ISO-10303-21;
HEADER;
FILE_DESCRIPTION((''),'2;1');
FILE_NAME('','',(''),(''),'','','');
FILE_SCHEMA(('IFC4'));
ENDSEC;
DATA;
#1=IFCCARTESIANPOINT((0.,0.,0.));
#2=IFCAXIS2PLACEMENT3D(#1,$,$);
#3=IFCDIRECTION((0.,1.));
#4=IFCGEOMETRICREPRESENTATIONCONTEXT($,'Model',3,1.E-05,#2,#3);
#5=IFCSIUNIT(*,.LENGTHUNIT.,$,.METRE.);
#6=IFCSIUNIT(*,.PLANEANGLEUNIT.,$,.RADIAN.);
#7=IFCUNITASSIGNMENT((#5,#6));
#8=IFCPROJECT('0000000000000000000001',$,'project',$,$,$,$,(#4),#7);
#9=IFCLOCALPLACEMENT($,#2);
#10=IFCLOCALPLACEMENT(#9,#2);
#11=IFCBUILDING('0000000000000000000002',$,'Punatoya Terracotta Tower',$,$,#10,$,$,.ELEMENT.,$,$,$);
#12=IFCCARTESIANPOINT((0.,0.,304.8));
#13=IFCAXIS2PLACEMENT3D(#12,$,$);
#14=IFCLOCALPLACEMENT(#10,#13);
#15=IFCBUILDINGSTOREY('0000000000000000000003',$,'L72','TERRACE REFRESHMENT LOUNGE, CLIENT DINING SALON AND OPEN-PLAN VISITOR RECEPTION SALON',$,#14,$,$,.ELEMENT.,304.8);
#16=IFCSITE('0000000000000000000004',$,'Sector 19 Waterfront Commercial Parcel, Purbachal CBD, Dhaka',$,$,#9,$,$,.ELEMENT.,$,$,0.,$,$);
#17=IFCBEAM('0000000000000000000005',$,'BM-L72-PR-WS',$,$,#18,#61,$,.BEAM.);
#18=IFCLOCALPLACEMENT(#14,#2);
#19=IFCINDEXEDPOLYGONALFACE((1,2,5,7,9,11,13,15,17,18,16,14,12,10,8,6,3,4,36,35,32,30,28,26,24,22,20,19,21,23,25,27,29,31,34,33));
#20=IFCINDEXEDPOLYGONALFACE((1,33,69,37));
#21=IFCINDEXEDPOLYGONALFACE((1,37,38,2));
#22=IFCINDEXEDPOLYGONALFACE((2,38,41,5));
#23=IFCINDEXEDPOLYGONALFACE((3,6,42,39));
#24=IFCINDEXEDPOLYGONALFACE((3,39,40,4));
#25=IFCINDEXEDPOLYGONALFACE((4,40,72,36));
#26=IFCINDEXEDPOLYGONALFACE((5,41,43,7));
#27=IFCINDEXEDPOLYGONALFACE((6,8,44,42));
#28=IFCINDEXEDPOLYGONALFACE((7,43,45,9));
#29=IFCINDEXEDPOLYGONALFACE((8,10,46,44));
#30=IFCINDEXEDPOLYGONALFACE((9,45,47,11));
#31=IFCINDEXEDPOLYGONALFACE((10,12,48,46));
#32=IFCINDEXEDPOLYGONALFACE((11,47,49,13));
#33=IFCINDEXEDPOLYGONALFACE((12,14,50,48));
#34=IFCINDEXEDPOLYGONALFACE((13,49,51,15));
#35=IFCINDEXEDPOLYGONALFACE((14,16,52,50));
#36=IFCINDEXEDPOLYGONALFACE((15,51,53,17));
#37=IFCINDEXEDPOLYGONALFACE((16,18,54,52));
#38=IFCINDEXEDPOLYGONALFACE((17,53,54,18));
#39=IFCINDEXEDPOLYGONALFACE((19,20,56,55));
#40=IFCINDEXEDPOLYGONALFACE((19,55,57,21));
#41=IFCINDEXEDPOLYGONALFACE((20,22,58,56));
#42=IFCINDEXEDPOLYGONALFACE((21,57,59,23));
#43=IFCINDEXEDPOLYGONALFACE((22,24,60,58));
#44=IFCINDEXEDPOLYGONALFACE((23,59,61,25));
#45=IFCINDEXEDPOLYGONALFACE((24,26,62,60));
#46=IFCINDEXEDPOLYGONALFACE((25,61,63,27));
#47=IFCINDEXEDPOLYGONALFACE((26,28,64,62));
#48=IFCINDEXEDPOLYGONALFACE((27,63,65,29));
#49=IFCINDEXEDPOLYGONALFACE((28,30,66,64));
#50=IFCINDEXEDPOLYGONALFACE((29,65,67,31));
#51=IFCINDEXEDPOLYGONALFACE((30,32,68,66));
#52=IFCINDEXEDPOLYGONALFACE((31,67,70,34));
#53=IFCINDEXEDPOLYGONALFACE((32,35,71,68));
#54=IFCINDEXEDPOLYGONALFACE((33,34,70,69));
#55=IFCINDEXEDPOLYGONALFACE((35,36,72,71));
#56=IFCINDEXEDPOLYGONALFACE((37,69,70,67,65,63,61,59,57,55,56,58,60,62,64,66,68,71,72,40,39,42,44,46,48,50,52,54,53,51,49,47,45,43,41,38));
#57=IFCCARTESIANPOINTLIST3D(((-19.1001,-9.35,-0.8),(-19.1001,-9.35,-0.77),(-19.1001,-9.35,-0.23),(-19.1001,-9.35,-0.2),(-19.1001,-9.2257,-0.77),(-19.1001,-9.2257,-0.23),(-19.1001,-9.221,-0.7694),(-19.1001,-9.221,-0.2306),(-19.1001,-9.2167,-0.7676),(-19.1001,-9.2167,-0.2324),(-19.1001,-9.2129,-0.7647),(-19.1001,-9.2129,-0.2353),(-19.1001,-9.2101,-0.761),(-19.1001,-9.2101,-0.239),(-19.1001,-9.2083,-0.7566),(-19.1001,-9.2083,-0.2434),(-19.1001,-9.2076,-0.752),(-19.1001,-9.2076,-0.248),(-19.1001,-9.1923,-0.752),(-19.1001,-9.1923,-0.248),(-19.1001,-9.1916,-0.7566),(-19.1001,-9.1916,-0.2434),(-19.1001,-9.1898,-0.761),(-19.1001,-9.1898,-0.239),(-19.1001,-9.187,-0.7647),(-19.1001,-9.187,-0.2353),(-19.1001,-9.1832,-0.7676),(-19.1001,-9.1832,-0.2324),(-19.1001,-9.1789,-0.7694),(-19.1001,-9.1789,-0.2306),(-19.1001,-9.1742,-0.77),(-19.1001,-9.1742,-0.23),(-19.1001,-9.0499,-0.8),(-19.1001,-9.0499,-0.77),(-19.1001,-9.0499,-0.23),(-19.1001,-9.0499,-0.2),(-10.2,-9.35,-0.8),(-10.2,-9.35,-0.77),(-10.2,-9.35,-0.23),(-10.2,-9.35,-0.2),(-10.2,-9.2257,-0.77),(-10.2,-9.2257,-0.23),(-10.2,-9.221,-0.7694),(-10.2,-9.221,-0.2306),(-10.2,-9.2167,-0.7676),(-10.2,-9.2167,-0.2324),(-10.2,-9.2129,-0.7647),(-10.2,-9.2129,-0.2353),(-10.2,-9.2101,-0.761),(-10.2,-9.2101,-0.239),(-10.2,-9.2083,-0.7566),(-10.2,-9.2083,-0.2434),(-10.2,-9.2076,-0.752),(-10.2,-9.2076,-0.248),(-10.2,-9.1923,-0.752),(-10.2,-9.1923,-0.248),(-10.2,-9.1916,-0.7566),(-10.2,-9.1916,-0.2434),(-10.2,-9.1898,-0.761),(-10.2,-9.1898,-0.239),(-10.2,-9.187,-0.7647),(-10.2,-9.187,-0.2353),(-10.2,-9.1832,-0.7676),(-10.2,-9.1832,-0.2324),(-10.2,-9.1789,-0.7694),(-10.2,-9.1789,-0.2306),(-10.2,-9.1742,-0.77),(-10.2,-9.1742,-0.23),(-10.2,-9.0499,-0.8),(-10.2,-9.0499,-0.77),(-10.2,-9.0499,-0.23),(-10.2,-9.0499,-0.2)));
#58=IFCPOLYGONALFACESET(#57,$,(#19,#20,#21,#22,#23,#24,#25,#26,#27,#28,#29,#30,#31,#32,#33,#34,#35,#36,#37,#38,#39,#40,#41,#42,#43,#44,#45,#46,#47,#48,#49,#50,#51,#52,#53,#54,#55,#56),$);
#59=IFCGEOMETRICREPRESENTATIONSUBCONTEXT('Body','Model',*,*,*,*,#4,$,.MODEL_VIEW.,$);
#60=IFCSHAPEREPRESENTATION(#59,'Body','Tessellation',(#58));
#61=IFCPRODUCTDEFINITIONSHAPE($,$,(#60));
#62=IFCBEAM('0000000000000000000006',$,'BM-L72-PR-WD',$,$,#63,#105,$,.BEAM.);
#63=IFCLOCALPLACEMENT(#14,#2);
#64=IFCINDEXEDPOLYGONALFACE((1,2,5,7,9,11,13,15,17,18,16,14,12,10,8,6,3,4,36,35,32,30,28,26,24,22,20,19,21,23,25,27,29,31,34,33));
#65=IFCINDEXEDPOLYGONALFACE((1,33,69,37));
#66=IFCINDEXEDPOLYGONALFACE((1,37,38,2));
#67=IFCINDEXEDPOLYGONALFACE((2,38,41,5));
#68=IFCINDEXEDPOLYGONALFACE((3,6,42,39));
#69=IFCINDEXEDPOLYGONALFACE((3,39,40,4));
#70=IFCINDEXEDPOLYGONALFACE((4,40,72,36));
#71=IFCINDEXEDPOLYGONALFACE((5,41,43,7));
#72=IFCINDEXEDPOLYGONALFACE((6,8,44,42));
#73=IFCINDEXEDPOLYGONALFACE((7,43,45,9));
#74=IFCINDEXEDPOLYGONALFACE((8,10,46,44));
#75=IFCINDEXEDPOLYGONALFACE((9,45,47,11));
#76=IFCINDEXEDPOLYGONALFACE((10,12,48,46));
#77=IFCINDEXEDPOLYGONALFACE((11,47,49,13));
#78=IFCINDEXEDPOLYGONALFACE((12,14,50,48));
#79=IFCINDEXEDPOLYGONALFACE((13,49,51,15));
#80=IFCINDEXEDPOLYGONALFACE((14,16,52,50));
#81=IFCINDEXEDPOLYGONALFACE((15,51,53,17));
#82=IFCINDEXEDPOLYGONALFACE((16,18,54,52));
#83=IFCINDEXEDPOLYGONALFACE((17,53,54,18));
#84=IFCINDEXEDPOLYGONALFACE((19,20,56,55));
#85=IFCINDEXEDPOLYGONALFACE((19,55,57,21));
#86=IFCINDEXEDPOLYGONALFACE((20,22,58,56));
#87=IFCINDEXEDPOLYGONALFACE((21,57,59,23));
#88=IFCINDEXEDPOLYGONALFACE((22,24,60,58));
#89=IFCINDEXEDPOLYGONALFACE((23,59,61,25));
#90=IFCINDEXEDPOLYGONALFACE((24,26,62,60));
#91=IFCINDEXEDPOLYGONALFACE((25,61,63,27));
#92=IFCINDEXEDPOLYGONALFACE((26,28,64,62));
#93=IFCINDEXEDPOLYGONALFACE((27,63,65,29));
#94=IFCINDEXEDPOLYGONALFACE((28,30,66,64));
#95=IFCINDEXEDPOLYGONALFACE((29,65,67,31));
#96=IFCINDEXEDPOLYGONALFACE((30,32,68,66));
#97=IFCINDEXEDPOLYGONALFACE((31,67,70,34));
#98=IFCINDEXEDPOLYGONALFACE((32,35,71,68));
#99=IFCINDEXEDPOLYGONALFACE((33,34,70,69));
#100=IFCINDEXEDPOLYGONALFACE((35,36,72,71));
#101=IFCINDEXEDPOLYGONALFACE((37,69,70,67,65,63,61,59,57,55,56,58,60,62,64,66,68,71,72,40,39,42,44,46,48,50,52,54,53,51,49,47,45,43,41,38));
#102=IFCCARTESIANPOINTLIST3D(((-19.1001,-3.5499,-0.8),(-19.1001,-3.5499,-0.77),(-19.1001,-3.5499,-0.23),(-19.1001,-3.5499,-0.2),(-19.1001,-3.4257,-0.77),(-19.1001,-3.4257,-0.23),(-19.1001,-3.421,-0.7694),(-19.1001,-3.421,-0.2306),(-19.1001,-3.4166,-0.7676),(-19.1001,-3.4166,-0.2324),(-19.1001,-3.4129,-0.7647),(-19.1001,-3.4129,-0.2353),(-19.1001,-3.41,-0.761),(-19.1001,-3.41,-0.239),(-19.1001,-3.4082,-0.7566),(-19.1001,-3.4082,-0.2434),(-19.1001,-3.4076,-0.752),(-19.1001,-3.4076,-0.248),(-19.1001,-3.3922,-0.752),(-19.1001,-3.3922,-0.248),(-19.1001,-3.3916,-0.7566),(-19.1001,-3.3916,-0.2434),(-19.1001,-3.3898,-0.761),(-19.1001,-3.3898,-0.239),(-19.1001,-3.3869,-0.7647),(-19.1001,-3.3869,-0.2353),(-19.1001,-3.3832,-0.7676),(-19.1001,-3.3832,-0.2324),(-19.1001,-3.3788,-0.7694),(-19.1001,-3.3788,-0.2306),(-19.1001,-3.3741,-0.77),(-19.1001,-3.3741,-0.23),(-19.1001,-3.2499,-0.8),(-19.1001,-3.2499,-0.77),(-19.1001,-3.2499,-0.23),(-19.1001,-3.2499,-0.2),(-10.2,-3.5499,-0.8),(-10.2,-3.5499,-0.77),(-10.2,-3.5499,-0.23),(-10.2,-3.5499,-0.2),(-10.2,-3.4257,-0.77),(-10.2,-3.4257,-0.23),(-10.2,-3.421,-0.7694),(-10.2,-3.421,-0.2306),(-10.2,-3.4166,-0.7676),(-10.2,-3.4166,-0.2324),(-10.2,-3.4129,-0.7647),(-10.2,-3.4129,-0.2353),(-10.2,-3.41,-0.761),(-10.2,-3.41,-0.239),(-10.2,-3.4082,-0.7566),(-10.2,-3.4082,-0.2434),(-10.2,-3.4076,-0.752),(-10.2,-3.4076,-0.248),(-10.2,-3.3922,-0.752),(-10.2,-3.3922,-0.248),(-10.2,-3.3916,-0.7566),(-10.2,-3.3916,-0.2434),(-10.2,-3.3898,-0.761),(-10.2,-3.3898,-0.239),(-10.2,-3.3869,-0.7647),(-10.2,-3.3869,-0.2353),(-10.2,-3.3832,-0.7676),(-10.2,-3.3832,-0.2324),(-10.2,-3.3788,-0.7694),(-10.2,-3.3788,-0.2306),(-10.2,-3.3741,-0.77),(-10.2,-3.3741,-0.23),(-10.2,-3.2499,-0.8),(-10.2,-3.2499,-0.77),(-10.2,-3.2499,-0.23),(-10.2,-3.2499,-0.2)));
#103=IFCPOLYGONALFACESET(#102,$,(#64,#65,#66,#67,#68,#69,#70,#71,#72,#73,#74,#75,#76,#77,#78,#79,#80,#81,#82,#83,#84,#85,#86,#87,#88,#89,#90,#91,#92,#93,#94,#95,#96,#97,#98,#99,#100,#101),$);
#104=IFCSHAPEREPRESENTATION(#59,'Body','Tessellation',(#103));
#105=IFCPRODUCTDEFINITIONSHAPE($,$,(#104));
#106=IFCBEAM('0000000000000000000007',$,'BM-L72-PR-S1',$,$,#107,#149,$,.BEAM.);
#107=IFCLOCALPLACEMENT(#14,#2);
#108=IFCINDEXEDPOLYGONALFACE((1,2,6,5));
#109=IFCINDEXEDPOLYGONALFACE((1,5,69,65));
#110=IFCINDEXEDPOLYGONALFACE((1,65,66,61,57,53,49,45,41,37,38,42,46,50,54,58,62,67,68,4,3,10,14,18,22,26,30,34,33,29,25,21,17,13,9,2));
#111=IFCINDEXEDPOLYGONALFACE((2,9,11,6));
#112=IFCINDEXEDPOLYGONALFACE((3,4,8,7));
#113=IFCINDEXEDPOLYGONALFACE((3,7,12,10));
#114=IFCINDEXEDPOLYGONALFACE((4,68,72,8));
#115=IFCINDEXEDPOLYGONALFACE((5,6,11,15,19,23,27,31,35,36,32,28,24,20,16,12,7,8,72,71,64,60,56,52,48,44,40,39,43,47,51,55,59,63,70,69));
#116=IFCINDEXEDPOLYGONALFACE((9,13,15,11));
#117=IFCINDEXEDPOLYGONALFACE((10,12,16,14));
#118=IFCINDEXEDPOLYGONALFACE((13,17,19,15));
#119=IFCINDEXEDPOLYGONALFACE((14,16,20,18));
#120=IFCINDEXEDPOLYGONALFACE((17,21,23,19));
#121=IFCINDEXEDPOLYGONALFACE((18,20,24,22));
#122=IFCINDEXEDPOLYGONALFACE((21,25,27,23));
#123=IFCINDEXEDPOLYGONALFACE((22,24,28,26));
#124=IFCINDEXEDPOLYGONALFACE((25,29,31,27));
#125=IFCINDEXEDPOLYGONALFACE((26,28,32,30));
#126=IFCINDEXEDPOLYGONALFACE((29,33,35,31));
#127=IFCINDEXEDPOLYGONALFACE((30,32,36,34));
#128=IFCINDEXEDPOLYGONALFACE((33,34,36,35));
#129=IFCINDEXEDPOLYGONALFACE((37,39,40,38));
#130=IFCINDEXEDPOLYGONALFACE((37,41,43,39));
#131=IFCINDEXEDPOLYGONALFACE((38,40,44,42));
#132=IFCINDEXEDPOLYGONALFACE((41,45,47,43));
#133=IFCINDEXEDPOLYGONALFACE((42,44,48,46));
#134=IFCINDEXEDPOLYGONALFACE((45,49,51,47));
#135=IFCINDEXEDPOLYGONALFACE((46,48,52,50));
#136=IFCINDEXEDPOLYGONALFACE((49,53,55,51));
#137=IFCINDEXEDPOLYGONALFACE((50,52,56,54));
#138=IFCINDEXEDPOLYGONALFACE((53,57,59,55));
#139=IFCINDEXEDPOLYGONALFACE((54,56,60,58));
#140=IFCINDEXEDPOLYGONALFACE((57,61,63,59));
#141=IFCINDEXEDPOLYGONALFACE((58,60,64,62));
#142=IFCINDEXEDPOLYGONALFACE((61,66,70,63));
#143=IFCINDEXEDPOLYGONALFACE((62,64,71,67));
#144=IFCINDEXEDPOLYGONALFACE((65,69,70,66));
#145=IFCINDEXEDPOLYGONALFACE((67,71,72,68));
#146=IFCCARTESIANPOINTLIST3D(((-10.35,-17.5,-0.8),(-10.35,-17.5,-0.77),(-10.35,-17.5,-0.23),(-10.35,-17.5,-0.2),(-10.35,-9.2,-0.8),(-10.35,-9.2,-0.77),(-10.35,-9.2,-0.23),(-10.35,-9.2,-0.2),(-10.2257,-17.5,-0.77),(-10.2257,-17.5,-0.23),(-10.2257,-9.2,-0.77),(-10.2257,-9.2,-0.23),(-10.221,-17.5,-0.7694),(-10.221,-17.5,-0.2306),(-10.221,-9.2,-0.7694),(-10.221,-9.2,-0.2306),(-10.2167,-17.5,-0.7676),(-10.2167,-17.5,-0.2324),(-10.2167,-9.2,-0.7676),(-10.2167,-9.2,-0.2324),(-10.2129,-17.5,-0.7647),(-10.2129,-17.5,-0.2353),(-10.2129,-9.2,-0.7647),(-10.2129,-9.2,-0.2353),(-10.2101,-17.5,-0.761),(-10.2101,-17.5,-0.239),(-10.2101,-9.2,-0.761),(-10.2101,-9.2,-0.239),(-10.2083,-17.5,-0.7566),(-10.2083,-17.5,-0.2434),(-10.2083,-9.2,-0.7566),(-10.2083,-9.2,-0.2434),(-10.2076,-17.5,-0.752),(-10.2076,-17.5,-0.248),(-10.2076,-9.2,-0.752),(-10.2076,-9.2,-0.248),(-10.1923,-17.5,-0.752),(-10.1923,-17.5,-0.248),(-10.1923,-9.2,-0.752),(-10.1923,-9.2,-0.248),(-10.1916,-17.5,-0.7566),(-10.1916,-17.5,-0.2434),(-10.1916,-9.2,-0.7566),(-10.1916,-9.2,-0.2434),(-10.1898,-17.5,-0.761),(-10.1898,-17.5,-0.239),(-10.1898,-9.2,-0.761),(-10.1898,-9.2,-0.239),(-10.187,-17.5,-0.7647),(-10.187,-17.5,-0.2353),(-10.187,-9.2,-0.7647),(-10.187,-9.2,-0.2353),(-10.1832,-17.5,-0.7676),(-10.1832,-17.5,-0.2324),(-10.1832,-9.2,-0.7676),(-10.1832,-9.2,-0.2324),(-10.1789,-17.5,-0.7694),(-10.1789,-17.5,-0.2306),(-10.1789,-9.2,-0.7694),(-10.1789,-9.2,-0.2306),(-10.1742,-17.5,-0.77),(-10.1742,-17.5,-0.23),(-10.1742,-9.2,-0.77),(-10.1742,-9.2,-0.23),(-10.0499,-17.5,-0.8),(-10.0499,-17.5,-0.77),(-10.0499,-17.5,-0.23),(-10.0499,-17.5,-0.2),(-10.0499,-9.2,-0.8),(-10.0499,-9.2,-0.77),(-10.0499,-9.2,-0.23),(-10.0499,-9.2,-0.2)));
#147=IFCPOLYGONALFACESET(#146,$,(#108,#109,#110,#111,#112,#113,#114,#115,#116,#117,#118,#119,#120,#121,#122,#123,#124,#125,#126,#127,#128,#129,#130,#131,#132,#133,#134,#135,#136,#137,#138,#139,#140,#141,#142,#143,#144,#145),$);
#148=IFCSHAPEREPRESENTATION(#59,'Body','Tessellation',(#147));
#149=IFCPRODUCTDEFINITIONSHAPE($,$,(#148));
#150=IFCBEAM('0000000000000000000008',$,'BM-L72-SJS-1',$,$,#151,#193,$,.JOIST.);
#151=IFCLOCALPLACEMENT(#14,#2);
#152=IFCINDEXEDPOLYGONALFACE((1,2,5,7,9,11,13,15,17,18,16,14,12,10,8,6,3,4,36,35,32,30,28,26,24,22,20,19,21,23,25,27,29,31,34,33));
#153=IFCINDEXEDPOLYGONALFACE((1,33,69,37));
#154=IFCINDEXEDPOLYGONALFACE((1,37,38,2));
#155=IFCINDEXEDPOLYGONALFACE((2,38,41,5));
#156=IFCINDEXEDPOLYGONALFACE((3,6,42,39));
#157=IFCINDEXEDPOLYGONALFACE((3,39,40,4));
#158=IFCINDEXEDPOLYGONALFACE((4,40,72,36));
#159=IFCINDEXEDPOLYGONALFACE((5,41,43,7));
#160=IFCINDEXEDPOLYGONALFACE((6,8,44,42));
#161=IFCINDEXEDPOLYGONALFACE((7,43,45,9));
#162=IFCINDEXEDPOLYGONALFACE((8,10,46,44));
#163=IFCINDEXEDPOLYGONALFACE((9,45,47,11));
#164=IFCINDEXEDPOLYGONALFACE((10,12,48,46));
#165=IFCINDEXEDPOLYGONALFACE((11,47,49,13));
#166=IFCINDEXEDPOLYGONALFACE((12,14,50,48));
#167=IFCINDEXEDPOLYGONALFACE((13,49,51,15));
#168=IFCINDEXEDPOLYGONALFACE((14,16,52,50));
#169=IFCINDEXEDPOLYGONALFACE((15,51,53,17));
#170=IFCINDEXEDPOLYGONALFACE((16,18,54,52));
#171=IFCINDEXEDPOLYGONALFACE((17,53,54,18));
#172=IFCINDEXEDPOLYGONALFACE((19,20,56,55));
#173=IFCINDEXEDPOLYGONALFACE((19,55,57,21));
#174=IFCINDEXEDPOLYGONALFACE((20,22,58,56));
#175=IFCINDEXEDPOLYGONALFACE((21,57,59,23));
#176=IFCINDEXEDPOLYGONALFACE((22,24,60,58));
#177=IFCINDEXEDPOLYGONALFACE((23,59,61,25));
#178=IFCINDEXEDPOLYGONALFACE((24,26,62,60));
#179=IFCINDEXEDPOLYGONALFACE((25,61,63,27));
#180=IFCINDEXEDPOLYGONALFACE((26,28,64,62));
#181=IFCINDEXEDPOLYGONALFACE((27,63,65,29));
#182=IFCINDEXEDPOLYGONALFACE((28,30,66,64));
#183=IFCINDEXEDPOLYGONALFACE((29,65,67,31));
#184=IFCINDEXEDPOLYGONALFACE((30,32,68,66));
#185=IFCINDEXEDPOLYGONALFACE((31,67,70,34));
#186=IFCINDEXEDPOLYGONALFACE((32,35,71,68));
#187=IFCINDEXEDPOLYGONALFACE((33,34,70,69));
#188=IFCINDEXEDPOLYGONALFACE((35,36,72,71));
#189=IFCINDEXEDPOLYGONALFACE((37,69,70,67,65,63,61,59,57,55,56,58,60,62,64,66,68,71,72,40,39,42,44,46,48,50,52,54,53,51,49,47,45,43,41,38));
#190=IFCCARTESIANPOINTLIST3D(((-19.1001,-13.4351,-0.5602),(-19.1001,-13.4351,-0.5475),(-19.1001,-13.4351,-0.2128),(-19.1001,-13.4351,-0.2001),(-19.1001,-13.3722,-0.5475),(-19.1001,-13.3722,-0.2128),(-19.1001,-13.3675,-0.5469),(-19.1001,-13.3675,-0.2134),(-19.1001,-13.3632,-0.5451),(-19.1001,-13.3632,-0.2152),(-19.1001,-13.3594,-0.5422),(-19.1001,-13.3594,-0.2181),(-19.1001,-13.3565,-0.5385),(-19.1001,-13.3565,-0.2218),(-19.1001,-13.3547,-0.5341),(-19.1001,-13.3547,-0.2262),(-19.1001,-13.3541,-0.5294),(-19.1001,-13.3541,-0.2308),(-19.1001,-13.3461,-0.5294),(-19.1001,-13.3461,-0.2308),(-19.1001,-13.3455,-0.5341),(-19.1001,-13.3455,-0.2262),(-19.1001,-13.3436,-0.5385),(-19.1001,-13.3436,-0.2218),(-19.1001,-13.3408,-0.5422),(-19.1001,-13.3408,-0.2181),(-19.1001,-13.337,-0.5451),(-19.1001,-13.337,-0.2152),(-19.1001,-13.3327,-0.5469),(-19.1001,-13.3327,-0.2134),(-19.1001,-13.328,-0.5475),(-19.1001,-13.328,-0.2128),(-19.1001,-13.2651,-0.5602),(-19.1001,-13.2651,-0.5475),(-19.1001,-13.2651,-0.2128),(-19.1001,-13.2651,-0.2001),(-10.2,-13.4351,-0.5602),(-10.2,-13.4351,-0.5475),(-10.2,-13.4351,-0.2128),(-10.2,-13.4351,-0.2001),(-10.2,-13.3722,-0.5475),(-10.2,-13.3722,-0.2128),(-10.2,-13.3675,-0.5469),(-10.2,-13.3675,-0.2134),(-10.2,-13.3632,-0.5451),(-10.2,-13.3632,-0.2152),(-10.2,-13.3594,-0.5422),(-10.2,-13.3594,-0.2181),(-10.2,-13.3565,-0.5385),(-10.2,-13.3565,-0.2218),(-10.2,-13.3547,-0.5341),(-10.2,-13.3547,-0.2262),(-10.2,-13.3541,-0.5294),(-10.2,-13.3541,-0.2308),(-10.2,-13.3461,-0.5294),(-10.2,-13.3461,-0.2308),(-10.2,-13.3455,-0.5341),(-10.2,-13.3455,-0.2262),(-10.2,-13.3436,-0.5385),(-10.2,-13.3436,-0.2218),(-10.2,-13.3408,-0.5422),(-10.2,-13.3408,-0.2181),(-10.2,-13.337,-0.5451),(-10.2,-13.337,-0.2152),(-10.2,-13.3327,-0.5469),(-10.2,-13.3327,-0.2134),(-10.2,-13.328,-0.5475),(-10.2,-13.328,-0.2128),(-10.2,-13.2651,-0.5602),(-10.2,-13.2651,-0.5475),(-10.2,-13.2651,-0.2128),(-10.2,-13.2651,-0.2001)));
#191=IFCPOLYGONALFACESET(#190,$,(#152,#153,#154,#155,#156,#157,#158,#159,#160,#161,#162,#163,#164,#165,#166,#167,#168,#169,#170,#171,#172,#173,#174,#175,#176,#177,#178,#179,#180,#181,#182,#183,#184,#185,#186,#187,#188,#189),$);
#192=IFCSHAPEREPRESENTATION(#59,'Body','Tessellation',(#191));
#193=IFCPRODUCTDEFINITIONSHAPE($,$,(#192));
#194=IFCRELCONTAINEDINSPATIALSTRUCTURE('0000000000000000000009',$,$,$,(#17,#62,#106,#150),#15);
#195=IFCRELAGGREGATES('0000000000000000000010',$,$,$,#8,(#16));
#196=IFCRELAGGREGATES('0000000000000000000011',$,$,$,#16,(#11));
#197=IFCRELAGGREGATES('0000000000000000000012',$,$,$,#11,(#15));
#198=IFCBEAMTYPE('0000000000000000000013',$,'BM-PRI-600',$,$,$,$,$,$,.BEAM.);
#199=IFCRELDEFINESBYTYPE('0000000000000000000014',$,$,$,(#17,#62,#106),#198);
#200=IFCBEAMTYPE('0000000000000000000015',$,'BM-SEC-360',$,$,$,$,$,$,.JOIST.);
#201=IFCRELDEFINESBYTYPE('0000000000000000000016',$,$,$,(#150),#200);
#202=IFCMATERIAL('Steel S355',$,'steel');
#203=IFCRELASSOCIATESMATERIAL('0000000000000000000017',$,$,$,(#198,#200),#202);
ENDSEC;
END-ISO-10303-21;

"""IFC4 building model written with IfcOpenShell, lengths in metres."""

from ifc_helpers import new_model, si_unit, direction, frame, origin, origin_2d, place, context, subcontext, project, spatial, i_section, extrude, material, material_profile, profile_set, type_object, element, save


model = new_model("IFC4")

# Units and contexts
model_context = context("Model", 3, precision=1e-05, world=origin(), true_north=direction((0.0, 1.0)))
body_context = subcontext(model_context, "Body", "Model", "MODEL_VIEW")
ifc_project = project(units=[si_unit("LENGTHUNIT", "METRE"), si_unit("PLANEANGLEUNIT", "RADIAN")], contexts=[model_context])

# Site, building, storey
site_placement = place(None, origin())
site = spatial("IfcSite", under=ifc_project, at=site_placement, Name="Sector 19 Waterfront Commercial Parcel, Purbachal CBD, Dhaka", CompositionType="ELEMENT", RefElevation=0.0)
building_placement = place(site_placement, origin())
building = spatial("IfcBuilding", under=site, at=building_placement, Name="Punatoya Terracotta Tower", CompositionType="ELEMENT")
storey_placement = place(building_placement, frame((0.0, 0.0, 304.8)))
storey = spatial("IfcBuildingStorey", under=building, at=storey_placement, Name="L72", Description="TERRACE REFRESHMENT LOUNGE, CLIENT DINING SALON AND OPEN-PLAN VISITOR RECEPTION SALON", CompositionType="ELEMENT", Elevation=304.8)

# Beams
ifc_material_1 = material(Name="Steel S355", Category="steel")
ifc_material_profile_1 = material_profile(ifc_material_1, i_section(OverallWidth=0.3, OverallDepth=0.6001, WebThickness=0.0154, FlangeThickness=0.03, FilletRadius=0.0181, at=origin_2d()))
ifc_profile_set_1 = profile_set([ifc_material_profile_1], Name="Steel S355")
beam_type_1 = type_object("IfcBeamType", Name="BM-PRI-600", PredefinedType="BEAM", material=ifc_profile_set_1)
for number, where, z_axis, x_axis, name in (
    (1, (-19.1001, -9.2, -0.5), (1.0, 0.0, 0.0), (0.0, 1.0, 0.0), "BM-L72-PR-WS"),
    (2, (-19.1001, -3.3999, -0.5), (1.0, 0.0, 0.0), (0.0, 1.0, 0.0), "BM-L72-PR-WD"),
):
    element("IfcBeam", number, at=place(storey_placement, frame(where, z_axis=z_axis, x_axis=x_axis)), inside=storey, type_object=beam_type_1, Name=name, PredefinedType="BEAM", context=body_context, shape_type="SweptSolid", body=[
        extrude(i_section(OverallWidth=0.3, OverallDepth=0.6001, WebThickness=0.0154, FlangeThickness=0.03, FilletRadius=0.0181, at=origin_2d()), origin(), (0.0, 0.0, 1.0), 8.9001),
    ])
beam_1_placement = place(storey_placement, frame((-10.2, -17.5, -0.5), z_axis=(0.0, 1.0, 0.0), x_axis=(-1.0, 0.0, 0.0)))
element("IfcBeam", 3, at=beam_1_placement, inside=storey, type_object=beam_type_1, Name="BM-L72-PR-S1", PredefinedType="BEAM", context=body_context, shape_type="SweptSolid", body=[
    extrude(i_section(OverallWidth=0.3, OverallDepth=0.6001, WebThickness=0.0154, FlangeThickness=0.03, FilletRadius=0.0181, at=origin_2d()), origin(), (0.0, 0.0, 1.0), 8.3),
])
ifc_material_profile_2 = material_profile(ifc_material_1, i_section(OverallWidth=0.1699, OverallDepth=0.3601, WebThickness=0.0081, FlangeThickness=0.0127, FilletRadius=0.0181, at=origin_2d()))
ifc_profile_set_2 = profile_set([ifc_material_profile_2], Name="Steel S355")
beam_type_2 = type_object("IfcBeamType", Name="BM-SEC-360", PredefinedType="JOIST", material=ifc_profile_set_2)
beam_2_placement = place(storey_placement, frame((-19.1001, -13.3501, -0.3801), z_axis=(1.0, 0.0, 0.0), x_axis=(0.0, 1.0, 0.0)))
element("IfcBeam", 4, at=beam_2_placement, inside=storey, type_object=beam_type_2, Name="BM-L72-SJS-1", PredefinedType="JOIST", context=body_context, shape_type="SweptSolid", body=[
    extrude(i_section(OverallWidth=0.1699, OverallDepth=0.3601, WebThickness=0.0081, FlangeThickness=0.0127, FilletRadius=0.0181, at=origin_2d()), origin(), (0.0, 0.0, 1.0), 8.9001),
])

save(model, "model.ifc")
